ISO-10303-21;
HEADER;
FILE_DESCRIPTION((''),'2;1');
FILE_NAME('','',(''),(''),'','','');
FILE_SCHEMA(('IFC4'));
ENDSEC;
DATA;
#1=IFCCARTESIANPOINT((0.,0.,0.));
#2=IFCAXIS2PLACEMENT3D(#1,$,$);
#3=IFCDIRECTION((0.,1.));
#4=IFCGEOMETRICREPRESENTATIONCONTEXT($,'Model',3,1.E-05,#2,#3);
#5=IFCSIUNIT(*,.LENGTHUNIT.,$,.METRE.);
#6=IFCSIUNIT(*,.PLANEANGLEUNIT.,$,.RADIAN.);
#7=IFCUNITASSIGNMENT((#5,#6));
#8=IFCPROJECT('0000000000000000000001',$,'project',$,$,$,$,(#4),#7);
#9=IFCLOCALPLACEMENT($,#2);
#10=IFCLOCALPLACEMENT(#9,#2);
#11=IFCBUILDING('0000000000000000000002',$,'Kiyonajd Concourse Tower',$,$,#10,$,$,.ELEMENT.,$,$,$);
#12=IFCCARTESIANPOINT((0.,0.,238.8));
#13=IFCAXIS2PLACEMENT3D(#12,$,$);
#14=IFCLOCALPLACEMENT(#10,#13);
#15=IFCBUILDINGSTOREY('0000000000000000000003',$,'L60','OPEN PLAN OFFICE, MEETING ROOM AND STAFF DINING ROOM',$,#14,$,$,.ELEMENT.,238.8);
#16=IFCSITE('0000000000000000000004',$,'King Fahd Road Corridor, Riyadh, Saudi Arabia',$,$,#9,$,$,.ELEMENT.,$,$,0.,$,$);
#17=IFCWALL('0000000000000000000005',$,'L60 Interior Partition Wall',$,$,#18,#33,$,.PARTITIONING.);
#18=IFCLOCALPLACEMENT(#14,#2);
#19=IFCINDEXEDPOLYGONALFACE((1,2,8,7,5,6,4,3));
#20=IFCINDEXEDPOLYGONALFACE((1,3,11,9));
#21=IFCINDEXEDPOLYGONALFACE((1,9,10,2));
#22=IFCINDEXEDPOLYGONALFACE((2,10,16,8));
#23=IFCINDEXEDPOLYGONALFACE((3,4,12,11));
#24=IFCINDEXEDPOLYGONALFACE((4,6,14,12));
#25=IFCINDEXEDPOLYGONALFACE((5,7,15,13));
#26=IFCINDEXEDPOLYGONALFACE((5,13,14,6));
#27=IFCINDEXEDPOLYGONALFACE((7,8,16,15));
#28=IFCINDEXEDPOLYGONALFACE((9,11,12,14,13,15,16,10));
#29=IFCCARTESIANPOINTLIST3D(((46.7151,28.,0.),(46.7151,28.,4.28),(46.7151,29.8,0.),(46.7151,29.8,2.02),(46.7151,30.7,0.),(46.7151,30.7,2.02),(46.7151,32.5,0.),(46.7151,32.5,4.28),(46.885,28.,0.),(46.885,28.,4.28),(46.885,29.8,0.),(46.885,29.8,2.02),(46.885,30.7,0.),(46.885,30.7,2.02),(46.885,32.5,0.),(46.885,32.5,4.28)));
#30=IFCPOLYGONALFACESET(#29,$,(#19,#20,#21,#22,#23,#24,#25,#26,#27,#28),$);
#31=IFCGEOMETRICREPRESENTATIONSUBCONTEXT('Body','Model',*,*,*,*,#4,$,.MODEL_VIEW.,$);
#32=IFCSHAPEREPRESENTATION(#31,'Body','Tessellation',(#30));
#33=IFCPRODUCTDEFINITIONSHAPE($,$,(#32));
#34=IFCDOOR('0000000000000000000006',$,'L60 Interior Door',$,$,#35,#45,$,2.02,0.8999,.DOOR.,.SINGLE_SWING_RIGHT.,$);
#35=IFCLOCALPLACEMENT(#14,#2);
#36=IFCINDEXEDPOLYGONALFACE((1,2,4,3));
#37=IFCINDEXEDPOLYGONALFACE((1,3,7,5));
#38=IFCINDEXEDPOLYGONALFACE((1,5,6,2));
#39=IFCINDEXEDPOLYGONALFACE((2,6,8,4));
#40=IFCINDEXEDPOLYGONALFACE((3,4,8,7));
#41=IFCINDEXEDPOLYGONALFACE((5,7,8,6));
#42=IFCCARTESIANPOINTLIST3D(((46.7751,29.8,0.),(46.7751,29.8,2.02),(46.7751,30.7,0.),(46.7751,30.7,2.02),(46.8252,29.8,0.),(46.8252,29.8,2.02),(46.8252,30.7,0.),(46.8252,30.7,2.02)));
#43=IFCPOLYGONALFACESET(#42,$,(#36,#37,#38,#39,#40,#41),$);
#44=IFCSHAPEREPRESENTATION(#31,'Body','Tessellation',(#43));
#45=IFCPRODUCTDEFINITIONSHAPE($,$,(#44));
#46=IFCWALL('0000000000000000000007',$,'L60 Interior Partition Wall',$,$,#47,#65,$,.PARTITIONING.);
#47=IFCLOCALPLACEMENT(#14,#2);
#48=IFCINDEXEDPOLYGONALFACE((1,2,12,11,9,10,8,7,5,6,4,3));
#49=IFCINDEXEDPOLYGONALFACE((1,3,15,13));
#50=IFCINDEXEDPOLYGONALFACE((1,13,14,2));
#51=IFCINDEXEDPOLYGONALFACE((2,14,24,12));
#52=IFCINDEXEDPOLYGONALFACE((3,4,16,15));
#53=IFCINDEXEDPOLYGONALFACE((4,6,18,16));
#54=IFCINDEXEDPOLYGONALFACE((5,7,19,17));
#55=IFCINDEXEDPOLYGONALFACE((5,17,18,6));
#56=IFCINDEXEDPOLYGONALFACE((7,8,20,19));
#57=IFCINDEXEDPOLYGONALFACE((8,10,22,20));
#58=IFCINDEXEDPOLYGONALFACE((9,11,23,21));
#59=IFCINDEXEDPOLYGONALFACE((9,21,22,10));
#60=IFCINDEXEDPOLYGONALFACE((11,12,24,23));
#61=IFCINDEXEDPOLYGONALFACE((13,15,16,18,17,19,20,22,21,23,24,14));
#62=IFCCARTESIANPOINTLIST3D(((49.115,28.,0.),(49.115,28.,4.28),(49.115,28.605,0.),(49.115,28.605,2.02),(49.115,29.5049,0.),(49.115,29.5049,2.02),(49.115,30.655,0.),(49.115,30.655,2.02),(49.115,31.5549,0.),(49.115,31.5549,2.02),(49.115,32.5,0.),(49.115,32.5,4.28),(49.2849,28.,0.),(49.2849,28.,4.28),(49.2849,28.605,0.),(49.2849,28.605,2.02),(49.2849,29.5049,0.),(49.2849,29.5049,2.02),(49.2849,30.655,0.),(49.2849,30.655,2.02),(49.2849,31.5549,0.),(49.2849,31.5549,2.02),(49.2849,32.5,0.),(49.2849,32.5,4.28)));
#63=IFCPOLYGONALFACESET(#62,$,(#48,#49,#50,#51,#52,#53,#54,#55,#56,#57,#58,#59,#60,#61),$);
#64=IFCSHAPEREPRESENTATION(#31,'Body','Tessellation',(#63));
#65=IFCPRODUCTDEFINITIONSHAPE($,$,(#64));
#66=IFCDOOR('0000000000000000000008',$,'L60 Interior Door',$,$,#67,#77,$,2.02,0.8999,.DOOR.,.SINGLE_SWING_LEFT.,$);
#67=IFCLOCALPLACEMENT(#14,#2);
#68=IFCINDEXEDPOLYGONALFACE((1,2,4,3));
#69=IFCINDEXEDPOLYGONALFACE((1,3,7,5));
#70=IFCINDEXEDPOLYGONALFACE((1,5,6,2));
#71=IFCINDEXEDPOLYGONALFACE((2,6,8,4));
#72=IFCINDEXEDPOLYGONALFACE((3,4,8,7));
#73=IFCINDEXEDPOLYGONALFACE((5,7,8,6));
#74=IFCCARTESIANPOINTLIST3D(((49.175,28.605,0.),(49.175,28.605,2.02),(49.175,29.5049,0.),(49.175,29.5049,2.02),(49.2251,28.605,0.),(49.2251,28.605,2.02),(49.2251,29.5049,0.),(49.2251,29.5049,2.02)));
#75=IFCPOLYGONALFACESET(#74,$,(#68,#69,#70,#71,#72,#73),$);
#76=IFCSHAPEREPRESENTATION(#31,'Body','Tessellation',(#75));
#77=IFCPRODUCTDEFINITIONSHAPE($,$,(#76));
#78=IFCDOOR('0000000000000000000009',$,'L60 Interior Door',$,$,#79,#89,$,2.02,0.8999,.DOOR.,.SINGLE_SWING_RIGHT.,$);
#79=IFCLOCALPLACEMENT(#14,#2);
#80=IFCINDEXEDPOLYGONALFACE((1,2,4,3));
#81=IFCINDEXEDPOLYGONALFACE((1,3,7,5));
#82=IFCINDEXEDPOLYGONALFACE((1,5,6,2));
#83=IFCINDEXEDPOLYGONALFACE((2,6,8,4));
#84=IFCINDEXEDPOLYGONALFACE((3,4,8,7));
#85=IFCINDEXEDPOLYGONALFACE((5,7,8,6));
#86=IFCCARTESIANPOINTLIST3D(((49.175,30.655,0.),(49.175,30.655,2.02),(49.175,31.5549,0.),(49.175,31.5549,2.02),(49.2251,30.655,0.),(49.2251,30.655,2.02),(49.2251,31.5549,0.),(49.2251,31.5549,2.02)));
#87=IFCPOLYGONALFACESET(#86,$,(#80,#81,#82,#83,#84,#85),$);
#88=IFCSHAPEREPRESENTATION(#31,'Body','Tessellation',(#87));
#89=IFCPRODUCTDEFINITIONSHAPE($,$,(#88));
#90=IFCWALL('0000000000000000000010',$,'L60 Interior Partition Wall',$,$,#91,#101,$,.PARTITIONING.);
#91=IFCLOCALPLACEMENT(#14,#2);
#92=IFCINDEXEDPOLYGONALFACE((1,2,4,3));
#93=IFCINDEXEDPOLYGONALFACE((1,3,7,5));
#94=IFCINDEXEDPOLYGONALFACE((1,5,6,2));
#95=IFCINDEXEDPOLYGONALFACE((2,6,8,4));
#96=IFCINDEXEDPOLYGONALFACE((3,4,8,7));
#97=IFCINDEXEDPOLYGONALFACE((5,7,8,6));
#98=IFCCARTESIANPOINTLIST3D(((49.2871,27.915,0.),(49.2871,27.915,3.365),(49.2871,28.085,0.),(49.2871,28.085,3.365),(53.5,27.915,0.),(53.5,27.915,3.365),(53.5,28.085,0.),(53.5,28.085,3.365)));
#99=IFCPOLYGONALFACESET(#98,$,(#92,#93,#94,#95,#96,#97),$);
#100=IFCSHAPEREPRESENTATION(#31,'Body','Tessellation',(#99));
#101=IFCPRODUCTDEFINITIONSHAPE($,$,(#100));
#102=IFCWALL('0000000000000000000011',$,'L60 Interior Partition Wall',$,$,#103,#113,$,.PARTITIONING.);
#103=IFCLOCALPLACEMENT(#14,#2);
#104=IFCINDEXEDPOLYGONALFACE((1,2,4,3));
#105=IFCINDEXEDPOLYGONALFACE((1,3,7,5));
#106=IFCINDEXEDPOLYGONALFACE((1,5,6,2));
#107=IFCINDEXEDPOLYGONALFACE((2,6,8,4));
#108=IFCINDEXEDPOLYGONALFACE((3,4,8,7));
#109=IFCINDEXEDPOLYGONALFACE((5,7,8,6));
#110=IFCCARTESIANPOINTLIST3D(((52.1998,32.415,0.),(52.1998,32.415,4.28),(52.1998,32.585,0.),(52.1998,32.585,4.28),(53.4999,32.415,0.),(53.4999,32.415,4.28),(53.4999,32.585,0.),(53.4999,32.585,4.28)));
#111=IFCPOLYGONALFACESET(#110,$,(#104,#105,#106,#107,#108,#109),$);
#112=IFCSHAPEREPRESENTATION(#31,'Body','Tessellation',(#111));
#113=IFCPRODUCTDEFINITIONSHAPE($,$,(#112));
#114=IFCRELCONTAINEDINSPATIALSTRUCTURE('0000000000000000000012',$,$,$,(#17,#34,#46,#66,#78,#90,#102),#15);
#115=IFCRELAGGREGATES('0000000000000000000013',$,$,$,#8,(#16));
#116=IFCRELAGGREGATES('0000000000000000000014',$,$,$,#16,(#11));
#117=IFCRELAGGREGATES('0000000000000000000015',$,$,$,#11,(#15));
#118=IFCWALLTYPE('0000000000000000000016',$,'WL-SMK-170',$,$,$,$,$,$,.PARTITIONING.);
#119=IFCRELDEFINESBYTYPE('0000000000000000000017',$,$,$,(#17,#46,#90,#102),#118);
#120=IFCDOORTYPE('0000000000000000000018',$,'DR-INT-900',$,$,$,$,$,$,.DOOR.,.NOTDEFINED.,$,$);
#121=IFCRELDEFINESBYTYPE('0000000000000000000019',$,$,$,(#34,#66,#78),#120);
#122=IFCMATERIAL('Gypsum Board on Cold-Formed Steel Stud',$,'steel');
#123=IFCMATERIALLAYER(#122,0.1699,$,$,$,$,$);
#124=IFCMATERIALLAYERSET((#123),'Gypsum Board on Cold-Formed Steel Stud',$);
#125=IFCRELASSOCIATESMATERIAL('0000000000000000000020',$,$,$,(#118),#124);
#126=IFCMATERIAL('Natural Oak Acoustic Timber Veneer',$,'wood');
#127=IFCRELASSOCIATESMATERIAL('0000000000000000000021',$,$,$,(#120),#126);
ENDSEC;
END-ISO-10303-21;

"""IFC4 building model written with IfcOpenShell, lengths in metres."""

from ifc_helpers import new_model, si_unit, direction, frame, frame_2d, origin, place, context, subcontext, project, spatial, rectangle, extrude, material, layer, layer_set, type_object, element, fill, save


model = new_model("IFC4")

# Units and contexts
model_context = context("Model", 3, precision=1e-05, world=origin(), true_north=direction((0.0, 1.0)))
body_context = subcontext(model_context, "Body", "Model", "MODEL_VIEW")
ifc_project = project(units=[si_unit("LENGTHUNIT", "METRE"), si_unit("PLANEANGLEUNIT", "RADIAN")], contexts=[model_context])

# Site, building, storey
site_placement = place(None, origin())
site = spatial("IfcSite", under=ifc_project, at=site_placement, Name="King Fahd Road Corridor, Riyadh, Saudi Arabia", CompositionType="ELEMENT", RefElevation=0.0)
building_placement = place(site_placement, origin())
building = spatial("IfcBuilding", under=site, at=building_placement, Name="Kiyonajd Concourse Tower", CompositionType="ELEMENT")
storey_placement = place(building_placement, frame((0.0, 0.0, 238.8)))
storey = spatial("IfcBuildingStorey", under=building, at=storey_placement, Name="L60", Description="OPEN PLAN OFFICE, MEETING ROOM AND STAFF DINING ROOM", CompositionType="ELEMENT", Elevation=238.8)

# Shared definitions
ifc_material_1 = material(Name="Gypsum Board on Cold-Formed Steel Stud", Category="steel")

# Shared definitions
ifc_layer_1 = layer(ifc_material_1, 0.1699)
ifc_layer_set_1 = layer_set([ifc_layer_1], Name="Gypsum Board on Cold-Formed Steel Stud")
wall_type_1 = type_object("IfcWallType", Name="WL-SMK-170", PredefinedType="PARTITIONING", material=ifc_layer_set_1)
ifc_material_2 = material(Name="Natural Oak Acoustic Timber Veneer", Category="wood")
door_type_1 = type_object("IfcDoorType", Name="DR-INT-900", OperationType="NOTDEFINED", PredefinedType="DOOR", material=ifc_material_2)

# Wall, opening, door
wall_1_placement = place(storey_placement, frame((46.8, 28.0, 0.0), z_axis=(0.0, 0.0, 1.0), x_axis=(0.0, 1.0, 0.0)))
wall_1 = element("IfcWall", 1, at=wall_1_placement, inside=storey, type_object=wall_type_1, Name="L60 Interior Partition Wall", PredefinedType="PARTITIONING", context=body_context, shape_type="SweptSolid", body=[
    extrude(rectangle(XDim=4.5, YDim=0.1699, at=frame_2d((2.25, 0.0))), origin(), (0.0, 0.0, 1.0), 4.28),
])
opening_1_placement = place(wall_1_placement, frame((1.8, 0.0, 0.0)))
opening_1 = element("IfcOpeningElement", 2, at=opening_1_placement, cuts=wall_1, PredefinedType="OPENING", context=body_context, shape_type="SweptSolid", body=[
    extrude(rectangle(XDim=0.8999, YDim=2.02, at=frame_2d((0.45, 1.01))), frame((0.0, 0.095, 0.0), z_axis=(0.0, -1.0, 0.0), x_axis=(1.0, 0.0, 0.0)), (0.0, 0.0, 1.0), 0.1899),
])
door_1_placement = place(opening_1_placement, origin())
door_1 = element("IfcDoor", 3, at=door_1_placement, inside=storey, type_object=door_type_1, Name="L60 Interior Door", OperationType="SINGLE_SWING_RIGHT", OverallHeight=2.02, OverallWidth=0.8999, PredefinedType="DOOR", context=body_context, shape_type="SweptSolid", body=[
    extrude(rectangle(XDim=0.8999, YDim=2.02, at=frame_2d((0.45, 1.01))), frame((0.0, 0.0249, 0.0), z_axis=(0.0, -1.0, 0.0), x_axis=(1.0, 0.0, 0.0)), (0.0, 0.0, 1.0), 0.05),
])
fill(opening_1, door_1)

# Wall, openings, doors
wall_2_placement = place(storey_placement, frame((49.2, 28.0, 0.0), z_axis=(0.0, 0.0, 1.0), x_axis=(0.0, 1.0, 0.0)))
wall_2 = element("IfcWall", 4, at=wall_2_placement, inside=storey, type_object=wall_type_1, Name="L60 Interior Partition Wall", PredefinedType="PARTITIONING", context=body_context, shape_type="SweptSolid", body=[
    extrude(rectangle(XDim=4.5, YDim=0.1699, at=frame_2d((2.25, 0.0))), origin(), (0.0, 0.0, 1.0), 4.28),
])
opening_2_placement = place(wall_2_placement, frame((0.605, 0.0, 0.0)))
opening_2 = element("IfcOpeningElement", 5, at=opening_2_placement, cuts=wall_2, PredefinedType="OPENING", context=body_context, shape_type="SweptSolid", body=[
    extrude(rectangle(XDim=0.8999, YDim=2.02, at=frame_2d((0.45, 1.01))), frame((0.0, 0.095, 0.0), z_axis=(0.0, -1.0, 0.0), x_axis=(1.0, 0.0, 0.0)), (0.0, 0.0, 1.0), 0.1899),
])
opening_3_placement = place(wall_2_placement, frame((2.655, 0.0, 0.0)))
opening_3 = element("IfcOpeningElement", 6, at=opening_3_placement, cuts=wall_2, PredefinedType="OPENING", context=body_context, shape_type="SweptSolid", body=[
    extrude(rectangle(XDim=0.8999, YDim=2.02, at=frame_2d((0.45, 1.01))), frame((0.0, 0.095, 0.0), z_axis=(0.0, -1.0, 0.0), x_axis=(1.0, 0.0, 0.0)), (0.0, 0.0, 1.0), 0.1899),
])
door_2_placement = place(opening_2_placement, origin())
door_2 = element("IfcDoor", 7, at=door_2_placement, inside=storey, type_object=door_type_1, Name="L60 Interior Door", OperationType="SINGLE_SWING_LEFT", OverallHeight=2.02, OverallWidth=0.8999, PredefinedType="DOOR", context=body_context, shape_type="SweptSolid", body=[
    extrude(rectangle(XDim=0.8999, YDim=2.02, at=frame_2d((0.45, 1.01))), frame((0.0, 0.0249, 0.0), z_axis=(0.0, -1.0, 0.0), x_axis=(1.0, 0.0, 0.0)), (0.0, 0.0, 1.0), 0.05),
])
fill(opening_2, door_2)
door_3_placement = place(opening_3_placement, origin())
door_3 = element("IfcDoor", 8, at=door_3_placement, inside=storey, type_object=door_type_1, Name="L60 Interior Door", OperationType="SINGLE_SWING_RIGHT", OverallHeight=2.02, OverallWidth=0.8999, PredefinedType="DOOR", context=body_context, shape_type="SweptSolid", body=[
    extrude(rectangle(XDim=0.8999, YDim=2.02, at=frame_2d((0.45, 1.01))), frame((0.0, 0.0249, 0.0), z_axis=(0.0, -1.0, 0.0), x_axis=(1.0, 0.0, 0.0)), (0.0, 0.0, 1.0), 0.05),
])
fill(opening_3, door_3)

# Walls
wall_3_placement = place(storey_placement, frame((49.2871, 28.0, 0.0), z_axis=(0.0, 0.0, 1.0), x_axis=(1.0, 0.0, 0.0)))
element("IfcWall", 9, at=wall_3_placement, inside=storey, type_object=wall_type_1, Name="L60 Interior Partition Wall", PredefinedType="PARTITIONING", context=body_context, shape_type="SweptSolid", body=[
    extrude(rectangle(XDim=4.2129, YDim=0.1699, at=frame_2d((2.1064, 0.0))), origin(), (0.0, 0.0, 1.0), 3.365),
])
wall_4_placement = place(storey_placement, frame((52.2, 32.5, 0.0), z_axis=(0.0, 0.0, 1.0), x_axis=(1.0, 0.0, 0.0)))
element("IfcWall", 10, at=wall_4_placement, inside=storey, type_object=wall_type_1, Name="L60 Interior Partition Wall", PredefinedType="PARTITIONING", context=body_context, shape_type="SweptSolid", body=[
    extrude(rectangle(XDim=1.3, YDim=0.1699, at=frame_2d((0.6499, 0.0))), origin(), (0.0, 0.0, 1.0), 4.28),
])

save(model, "model.ifc")
